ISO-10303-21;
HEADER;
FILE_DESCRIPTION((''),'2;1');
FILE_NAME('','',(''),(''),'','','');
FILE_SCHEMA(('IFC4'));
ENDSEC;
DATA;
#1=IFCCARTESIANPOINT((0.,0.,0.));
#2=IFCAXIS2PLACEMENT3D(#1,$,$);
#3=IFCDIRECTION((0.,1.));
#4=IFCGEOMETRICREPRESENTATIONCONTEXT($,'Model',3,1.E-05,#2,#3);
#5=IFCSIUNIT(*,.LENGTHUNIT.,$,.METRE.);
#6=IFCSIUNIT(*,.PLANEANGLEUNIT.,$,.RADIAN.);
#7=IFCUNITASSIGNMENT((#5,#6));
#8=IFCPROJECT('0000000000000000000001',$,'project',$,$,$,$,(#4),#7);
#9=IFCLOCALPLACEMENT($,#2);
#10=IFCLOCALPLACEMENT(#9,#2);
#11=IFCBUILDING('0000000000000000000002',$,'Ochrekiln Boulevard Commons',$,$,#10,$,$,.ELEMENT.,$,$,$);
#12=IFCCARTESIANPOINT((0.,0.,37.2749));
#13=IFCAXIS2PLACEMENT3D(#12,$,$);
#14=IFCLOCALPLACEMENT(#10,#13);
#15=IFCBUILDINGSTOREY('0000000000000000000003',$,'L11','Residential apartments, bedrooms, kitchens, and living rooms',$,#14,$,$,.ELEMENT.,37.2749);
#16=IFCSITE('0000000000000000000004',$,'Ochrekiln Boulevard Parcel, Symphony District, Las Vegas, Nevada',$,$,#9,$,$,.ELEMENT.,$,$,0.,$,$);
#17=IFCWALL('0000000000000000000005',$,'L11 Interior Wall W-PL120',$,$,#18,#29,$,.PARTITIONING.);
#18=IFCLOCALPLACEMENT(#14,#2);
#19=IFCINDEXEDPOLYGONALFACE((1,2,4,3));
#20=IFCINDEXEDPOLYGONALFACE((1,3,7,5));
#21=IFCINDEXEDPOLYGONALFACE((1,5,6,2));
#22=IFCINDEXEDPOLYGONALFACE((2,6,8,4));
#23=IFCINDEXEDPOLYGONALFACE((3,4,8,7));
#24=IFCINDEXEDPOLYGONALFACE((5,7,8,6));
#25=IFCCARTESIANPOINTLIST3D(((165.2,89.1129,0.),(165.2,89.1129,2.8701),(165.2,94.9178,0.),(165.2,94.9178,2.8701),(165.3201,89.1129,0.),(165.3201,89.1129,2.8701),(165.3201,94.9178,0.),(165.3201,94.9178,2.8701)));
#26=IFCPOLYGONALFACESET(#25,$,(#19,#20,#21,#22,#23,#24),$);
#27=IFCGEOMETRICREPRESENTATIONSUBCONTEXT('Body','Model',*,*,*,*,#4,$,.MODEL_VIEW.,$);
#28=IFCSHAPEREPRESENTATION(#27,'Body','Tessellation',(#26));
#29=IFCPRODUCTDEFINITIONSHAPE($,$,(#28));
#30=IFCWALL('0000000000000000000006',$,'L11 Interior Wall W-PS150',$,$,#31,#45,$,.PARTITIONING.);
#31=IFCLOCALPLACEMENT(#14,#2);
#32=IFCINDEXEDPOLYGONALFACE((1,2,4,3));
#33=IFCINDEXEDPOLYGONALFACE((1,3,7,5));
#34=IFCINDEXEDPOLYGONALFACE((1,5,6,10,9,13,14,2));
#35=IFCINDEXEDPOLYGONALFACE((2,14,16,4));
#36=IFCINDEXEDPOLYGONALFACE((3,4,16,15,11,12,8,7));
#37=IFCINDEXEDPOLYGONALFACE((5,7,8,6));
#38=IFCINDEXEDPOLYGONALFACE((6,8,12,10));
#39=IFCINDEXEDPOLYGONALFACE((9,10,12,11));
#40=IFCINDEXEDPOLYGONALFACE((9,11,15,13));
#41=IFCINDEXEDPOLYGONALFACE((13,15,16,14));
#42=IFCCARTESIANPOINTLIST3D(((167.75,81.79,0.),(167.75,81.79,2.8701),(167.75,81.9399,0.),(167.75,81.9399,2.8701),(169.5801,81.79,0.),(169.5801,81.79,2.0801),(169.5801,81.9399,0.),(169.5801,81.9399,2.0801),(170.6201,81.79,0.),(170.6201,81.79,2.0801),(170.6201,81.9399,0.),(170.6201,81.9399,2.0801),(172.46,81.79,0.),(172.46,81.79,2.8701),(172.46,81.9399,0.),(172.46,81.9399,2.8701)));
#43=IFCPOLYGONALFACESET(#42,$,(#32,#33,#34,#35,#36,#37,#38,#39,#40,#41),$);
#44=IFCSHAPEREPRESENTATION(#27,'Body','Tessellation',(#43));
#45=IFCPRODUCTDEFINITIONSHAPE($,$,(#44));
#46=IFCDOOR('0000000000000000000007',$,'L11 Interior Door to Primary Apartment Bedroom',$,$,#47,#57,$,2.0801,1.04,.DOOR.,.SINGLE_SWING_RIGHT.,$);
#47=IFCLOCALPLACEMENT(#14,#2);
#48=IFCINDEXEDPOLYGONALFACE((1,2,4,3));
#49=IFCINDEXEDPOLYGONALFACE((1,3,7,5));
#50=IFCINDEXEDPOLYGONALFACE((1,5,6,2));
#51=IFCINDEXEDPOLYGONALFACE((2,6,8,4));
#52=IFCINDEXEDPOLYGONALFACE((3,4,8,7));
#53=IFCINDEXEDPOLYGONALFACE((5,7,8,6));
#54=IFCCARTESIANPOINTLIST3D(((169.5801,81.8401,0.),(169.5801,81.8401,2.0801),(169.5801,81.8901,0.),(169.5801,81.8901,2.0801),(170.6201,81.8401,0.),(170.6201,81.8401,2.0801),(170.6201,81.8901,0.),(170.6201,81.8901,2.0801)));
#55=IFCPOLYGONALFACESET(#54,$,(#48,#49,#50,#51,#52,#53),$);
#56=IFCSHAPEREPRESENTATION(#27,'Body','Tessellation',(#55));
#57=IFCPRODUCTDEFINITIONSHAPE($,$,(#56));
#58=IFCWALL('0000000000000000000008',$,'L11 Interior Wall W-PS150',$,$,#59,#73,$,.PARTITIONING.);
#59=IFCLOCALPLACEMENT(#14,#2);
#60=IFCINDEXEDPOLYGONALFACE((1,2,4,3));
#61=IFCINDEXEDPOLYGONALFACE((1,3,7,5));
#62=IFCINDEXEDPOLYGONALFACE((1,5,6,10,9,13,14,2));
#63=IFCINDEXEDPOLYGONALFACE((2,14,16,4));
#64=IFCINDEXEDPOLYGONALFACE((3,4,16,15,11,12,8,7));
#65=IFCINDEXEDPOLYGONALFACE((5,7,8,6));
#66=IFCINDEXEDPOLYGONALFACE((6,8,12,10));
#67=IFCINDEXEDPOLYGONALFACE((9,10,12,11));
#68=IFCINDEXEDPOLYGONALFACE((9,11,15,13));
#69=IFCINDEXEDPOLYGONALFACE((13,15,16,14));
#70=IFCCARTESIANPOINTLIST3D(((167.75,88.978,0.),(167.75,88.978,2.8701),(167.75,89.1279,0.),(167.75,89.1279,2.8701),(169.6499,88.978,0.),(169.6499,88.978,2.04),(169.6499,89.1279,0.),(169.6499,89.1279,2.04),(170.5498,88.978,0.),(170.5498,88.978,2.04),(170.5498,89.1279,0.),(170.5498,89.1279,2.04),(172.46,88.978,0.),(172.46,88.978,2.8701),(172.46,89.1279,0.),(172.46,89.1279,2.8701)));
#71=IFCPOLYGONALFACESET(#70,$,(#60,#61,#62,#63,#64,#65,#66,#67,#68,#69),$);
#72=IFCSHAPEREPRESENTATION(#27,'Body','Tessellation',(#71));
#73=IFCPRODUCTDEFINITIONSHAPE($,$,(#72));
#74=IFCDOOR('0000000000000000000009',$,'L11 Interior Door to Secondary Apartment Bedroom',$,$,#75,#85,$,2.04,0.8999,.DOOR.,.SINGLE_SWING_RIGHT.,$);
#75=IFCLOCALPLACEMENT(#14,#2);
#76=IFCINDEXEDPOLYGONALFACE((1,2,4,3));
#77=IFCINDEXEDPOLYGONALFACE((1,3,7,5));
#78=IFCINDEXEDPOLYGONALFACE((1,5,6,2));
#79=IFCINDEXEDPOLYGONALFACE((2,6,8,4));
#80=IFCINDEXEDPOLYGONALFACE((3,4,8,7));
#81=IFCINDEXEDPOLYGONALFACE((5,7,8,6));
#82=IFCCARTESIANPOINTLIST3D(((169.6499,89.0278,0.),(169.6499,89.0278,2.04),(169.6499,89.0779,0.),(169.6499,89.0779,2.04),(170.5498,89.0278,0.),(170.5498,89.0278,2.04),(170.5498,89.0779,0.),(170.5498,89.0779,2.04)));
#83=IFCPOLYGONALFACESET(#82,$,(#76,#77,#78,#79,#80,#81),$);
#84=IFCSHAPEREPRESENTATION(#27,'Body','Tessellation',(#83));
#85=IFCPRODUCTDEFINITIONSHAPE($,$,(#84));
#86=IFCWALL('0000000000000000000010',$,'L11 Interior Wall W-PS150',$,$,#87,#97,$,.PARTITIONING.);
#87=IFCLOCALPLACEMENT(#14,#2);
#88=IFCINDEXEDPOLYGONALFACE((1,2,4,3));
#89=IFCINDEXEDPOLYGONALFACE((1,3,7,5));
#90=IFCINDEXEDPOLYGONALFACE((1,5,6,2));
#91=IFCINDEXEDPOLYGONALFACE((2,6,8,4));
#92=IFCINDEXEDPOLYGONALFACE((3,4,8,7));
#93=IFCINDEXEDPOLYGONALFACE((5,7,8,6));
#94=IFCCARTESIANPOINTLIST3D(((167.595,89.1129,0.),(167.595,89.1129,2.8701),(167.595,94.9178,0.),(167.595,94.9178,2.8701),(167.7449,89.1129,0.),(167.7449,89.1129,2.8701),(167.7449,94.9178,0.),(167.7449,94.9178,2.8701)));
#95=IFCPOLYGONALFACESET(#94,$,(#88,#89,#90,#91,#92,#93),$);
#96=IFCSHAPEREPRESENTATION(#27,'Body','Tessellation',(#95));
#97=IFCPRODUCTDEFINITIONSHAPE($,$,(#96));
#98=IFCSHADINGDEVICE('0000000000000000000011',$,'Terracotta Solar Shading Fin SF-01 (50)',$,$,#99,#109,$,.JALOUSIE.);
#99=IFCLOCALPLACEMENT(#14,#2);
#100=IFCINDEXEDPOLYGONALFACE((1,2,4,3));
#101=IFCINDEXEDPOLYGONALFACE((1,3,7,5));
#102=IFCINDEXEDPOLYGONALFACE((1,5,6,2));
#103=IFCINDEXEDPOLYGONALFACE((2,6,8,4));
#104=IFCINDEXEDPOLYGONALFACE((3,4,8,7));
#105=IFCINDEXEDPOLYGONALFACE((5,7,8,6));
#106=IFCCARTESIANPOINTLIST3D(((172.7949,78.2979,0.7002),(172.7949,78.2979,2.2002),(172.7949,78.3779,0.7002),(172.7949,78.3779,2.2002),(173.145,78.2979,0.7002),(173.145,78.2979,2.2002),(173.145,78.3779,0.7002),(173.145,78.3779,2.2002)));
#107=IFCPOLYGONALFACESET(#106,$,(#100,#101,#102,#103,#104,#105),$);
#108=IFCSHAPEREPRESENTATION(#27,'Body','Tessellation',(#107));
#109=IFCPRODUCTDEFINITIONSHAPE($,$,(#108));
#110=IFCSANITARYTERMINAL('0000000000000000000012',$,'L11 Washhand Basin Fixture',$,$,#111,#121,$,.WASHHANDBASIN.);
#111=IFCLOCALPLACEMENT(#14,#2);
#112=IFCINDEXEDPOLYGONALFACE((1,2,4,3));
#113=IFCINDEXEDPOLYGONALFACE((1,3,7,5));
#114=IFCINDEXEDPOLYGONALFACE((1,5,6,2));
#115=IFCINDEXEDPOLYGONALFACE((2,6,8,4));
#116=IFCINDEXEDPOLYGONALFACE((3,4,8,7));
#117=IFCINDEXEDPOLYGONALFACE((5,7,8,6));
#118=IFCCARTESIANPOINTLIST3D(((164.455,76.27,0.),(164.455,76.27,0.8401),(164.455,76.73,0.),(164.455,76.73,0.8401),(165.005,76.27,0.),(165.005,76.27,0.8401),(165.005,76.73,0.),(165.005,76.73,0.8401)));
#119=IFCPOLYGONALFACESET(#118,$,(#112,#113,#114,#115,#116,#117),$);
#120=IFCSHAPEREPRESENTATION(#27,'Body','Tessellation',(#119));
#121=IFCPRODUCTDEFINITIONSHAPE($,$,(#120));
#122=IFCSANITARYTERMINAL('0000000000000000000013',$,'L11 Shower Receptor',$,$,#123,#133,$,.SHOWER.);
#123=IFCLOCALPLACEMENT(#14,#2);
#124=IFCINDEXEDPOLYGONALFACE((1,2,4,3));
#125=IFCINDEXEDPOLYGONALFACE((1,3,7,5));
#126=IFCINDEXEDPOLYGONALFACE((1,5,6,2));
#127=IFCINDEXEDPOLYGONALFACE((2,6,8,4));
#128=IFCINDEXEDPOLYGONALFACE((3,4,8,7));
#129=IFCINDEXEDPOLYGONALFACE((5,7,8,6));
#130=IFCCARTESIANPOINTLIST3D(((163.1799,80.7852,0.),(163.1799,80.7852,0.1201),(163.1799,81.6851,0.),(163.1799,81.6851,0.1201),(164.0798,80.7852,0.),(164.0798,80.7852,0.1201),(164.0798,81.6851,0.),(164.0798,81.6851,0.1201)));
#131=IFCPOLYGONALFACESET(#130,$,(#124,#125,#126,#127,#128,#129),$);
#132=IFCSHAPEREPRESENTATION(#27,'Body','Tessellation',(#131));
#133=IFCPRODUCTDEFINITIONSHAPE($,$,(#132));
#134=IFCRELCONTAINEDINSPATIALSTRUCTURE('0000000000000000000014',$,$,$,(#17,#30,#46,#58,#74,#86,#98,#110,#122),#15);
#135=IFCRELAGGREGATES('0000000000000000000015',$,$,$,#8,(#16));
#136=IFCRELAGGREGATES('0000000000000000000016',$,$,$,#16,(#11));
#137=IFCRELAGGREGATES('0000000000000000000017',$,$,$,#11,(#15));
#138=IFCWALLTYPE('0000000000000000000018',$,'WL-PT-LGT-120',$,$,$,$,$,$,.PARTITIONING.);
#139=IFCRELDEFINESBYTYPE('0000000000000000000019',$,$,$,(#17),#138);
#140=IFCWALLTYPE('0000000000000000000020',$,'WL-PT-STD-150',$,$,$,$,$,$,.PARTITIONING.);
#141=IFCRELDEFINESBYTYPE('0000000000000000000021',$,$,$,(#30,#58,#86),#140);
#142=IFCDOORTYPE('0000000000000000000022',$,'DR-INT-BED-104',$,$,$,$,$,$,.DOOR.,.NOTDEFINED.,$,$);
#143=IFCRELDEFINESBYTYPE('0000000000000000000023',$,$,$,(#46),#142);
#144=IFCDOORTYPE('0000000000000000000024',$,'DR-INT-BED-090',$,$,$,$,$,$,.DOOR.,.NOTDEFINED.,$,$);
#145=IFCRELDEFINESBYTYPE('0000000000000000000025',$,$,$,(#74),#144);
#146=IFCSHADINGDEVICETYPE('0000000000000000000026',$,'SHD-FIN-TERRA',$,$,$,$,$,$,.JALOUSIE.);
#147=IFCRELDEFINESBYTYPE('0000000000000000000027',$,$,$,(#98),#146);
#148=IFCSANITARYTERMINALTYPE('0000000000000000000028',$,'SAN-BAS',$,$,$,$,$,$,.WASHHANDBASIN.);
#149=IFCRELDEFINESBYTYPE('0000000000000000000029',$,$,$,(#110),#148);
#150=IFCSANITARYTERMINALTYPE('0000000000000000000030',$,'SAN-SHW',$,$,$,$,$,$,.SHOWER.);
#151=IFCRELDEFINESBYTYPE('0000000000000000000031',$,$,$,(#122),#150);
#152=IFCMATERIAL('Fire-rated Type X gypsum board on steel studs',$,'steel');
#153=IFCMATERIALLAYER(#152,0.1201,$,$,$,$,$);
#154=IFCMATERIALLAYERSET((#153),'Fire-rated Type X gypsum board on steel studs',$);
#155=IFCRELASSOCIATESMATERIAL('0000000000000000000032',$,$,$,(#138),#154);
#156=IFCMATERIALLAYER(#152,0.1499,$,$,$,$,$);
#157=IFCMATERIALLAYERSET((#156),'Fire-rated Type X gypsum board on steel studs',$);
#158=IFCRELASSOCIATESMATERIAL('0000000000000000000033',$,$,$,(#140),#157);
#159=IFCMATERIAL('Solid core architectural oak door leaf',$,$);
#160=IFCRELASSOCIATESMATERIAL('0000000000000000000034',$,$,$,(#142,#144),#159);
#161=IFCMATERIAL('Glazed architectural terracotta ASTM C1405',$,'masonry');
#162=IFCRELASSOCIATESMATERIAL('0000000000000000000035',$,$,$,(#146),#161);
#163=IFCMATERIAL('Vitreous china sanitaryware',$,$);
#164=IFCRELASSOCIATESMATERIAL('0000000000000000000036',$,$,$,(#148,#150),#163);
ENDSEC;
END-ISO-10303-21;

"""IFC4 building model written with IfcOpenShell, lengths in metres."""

from ifc_helpers import new_model, si_unit, direction, frame, frame_2d, origin, origin_2d, place, context, subcontext, project, spatial, rectangle, extrude, material, layer, layer_set, type_object, element, fill, save


model = new_model("IFC4")

# Units and contexts
model_context = context("Model", 3, precision=1e-05, world=origin(), true_north=direction((0.0, 1.0)))
body_context = subcontext(model_context, "Body", "Model", "MODEL_VIEW")
ifc_project = project(units=[si_unit("LENGTHUNIT", "METRE"), si_unit("PLANEANGLEUNIT", "RADIAN")], contexts=[model_context])

# Site, building, storey
site_placement = place(None, origin())
site = spatial("IfcSite", under=ifc_project, at=site_placement, Name="Ochrekiln Boulevard Parcel, Symphony District, Las Vegas, Nevada", CompositionType="ELEMENT", RefElevation=0.0)
building_placement = place(site_placement, origin())
building = spatial("IfcBuilding", under=site, at=building_placement, Name="Ochrekiln Boulevard Commons", CompositionType="ELEMENT")
storey_placement = place(building_placement, frame((0.0, 0.0, 37.2749)))
storey = spatial("IfcBuildingStorey", under=building, at=storey_placement, Name="L11", Description="Residential apartments, bedrooms, kitchens, and living rooms", CompositionType="ELEMENT", Elevation=37.2749)

# Shared definitions
ifc_material_1 = material(Name="Fire-rated Type X gypsum board on steel studs", Category="steel")
ifc_layer_1 = layer(ifc_material_1, 0.1201)
ifc_layer_set_1 = layer_set([ifc_layer_1], Name="Fire-rated Type X gypsum board on steel studs")
wall_type_1 = type_object("IfcWallType", Name="WL-PT-LGT-120", PredefinedType="PARTITIONING", material=ifc_layer_set_1)
ifc_material_2 = material(Name="Solid core architectural oak door leaf")

# Wall
wall_1_placement = place(storey_placement, frame((165.26, 89.113, 0.0), z_axis=(0.0, 0.0, 1.0), x_axis=(0.0, 1.0, 0.0)))
element("IfcWall", 1, at=wall_1_placement, inside=storey, type_object=wall_type_1, Name="L11 Interior Wall W-PL120", PredefinedType="PARTITIONING", context=body_context, shape_type="SweptSolid", body=[
    extrude(rectangle(XDim=5.8049, YDim=0.1201, at=frame_2d((2.9023, 0.0))), origin(), (0.0, 0.0, 1.0), 2.8701),
])

# Walls, openings, doors
ifc_layer_2 = layer(ifc_material_1, 0.1499)
ifc_layer_set_2 = layer_set([ifc_layer_2], Name="Fire-rated Type X gypsum board on steel studs")
wall_type_2 = type_object("IfcWallType", Name="WL-PT-STD-150", PredefinedType="PARTITIONING", material=ifc_layer_set_2)
wall_2_placement = place(storey_placement, frame((167.75, 81.865, 0.0), z_axis=(0.0, 0.0, 1.0), x_axis=(1.0, 0.0, 0.0)))
wall_2 = element("IfcWall", 2, at=wall_2_placement, inside=storey, type_object=wall_type_2, Name="L11 Interior Wall W-PS150", PredefinedType="PARTITIONING", context=body_context, shape_type="SweptSolid", body=[
    extrude(rectangle(XDim=4.71, YDim=0.1499, at=frame_2d((2.355, 0.0))), origin(), (0.0, 0.0, 1.0), 2.8701),
])
opening_1_placement = place(wall_2_placement, frame((1.8301, 0.0, 0.0)))
opening_1 = element("IfcOpeningElement", 3, at=opening_1_placement, cuts=wall_2, PredefinedType="OPENING", context=body_context, shape_type="SweptSolid", body=[
    extrude(rectangle(XDim=1.04, YDim=2.0801, at=frame_2d((0.52, 1.04))), frame((0.0, 0.085, 0.0), z_axis=(0.0, -1.0, 0.0), x_axis=(1.0, 0.0, 0.0)), (0.0, 0.0, 1.0), 0.1699),
])
door_type_1 = type_object("IfcDoorType", Name="DR-INT-BED-104", OperationType="NOTDEFINED", PredefinedType="DOOR", material=ifc_material_2)
door_1_placement = place(opening_1_placement, frame((1.04, 0.0, 0.0), z_axis=(0.0, 0.0, 1.0), x_axis=(-1.0, 0.0, 0.0)))
door_1 = element("IfcDoor", 4, at=door_1_placement, inside=storey, type_object=door_type_1, Name="L11 Interior Door to Primary Apartment Bedroom", OperationType="SINGLE_SWING_RIGHT", OverallHeight=2.0801, OverallWidth=1.04, PredefinedType="DOOR", context=body_context, shape_type="SweptSolid", body=[
    extrude(rectangle(XDim=1.04, YDim=2.0801, at=frame_2d((0.52, 1.04))), frame((0.0, 0.0249, 0.0), z_axis=(0.0, -1.0, 0.0), x_axis=(1.0, 0.0, 0.0)), (0.0, 0.0, 1.0), 0.05),
])
fill(opening_1, door_1)
wall_3_placement = place(storey_placement, frame((167.75, 89.053, 0.0), z_axis=(0.0, 0.0, 1.0), x_axis=(1.0, 0.0, 0.0)))
wall_3 = element("IfcWall", 5, at=wall_3_placement, inside=storey, type_object=wall_type_2, Name="L11 Interior Wall W-PS150", PredefinedType="PARTITIONING", context=body_context, shape_type="SweptSolid", body=[
    extrude(rectangle(XDim=4.71, YDim=0.1499, at=frame_2d((2.355, 0.0))), origin(), (0.0, 0.0, 1.0), 2.8701),
])
opening_2_placement = place(wall_3_placement, frame((1.8999, 0.0, 0.0)))
opening_2 = element("IfcOpeningElement", 6, at=opening_2_placement, cuts=wall_3, PredefinedType="OPENING", context=body_context, shape_type="SweptSolid", body=[
    extrude(rectangle(XDim=0.8999, YDim=2.04, at=frame_2d((0.45, 1.02))), frame((0.0, 0.085, 0.0), z_axis=(0.0, -1.0, 0.0), x_axis=(1.0, 0.0, 0.0)), (0.0, 0.0, 1.0), 0.1699),
])
door_type_2 = type_object("IfcDoorType", Name="DR-INT-BED-090", OperationType="NOTDEFINED", PredefinedType="DOOR", material=ifc_material_2)
door_2_placement = place(opening_2_placement, origin())
door_2 = element("IfcDoor", 7, at=door_2_placement, inside=storey, type_object=door_type_2, Name="L11 Interior Door to Secondary Apartment Bedroom", OperationType="SINGLE_SWING_RIGHT", OverallHeight=2.04, OverallWidth=0.8999, PredefinedType="DOOR", context=body_context, shape_type="SweptSolid", body=[
    extrude(rectangle(XDim=0.8999, YDim=2.04, at=frame_2d((0.45, 1.02))), frame((0.0, 0.0249, 0.0), z_axis=(0.0, -1.0, 0.0), x_axis=(1.0, 0.0, 0.0)), (0.0, 0.0, 1.0), 0.05),
])
fill(opening_2, door_2)

# Wall
wall_4_placement = place(storey_placement, frame((167.6699, 89.113, 0.0), z_axis=(0.0, 0.0, 1.0), x_axis=(0.0, 1.0, 0.0)))
element("IfcWall", 8, at=wall_4_placement, inside=storey, type_object=wall_type_2, Name="L11 Interior Wall W-PS150", PredefinedType="PARTITIONING", context=body_context, shape_type="SweptSolid", body=[
    extrude(rectangle(XDim=5.8049, YDim=0.1499, at=frame_2d((2.9023, 0.0))), origin(), (0.0, 0.0, 1.0), 2.8701),
])

# Shading device
ifc_material_3 = material(Name="Glazed architectural terracotta ASTM C1405", Category="masonry")
shading_device_type = type_object("IfcShadingDeviceType", Name="SHD-FIN-TERRA", PredefinedType="JALOUSIE", material=ifc_material_3)
shading_device_placement = place(storey_placement, frame((172.97, 78.3379, 0.7002), z_axis=(0.0, 0.0, 1.0), x_axis=(1.0, 0.0, 0.0)))
element("IfcShadingDevice", 9, at=shading_device_placement, inside=storey, type_object=shading_device_type, Name="Terracotta Solar Shading Fin SF-01 (50)", PredefinedType="JALOUSIE", context=body_context, shape_type="SweptSolid", body=[
    extrude(rectangle(XDim=0.3501, YDim=0.0801, at=origin_2d()), origin(), (0.0, 0.0, 1.0), 1.5),
])

# Sanitary terminals
ifc_material_4 = material(Name="Vitreous china sanitaryware")
sanitary_terminal_type_1 = type_object("IfcSanitaryTerminalType", Name="SAN-BAS", PredefinedType="WASHHANDBASIN", material=ifc_material_4)
sanitary_terminal_1_placement = place(storey_placement, frame((164.73, 76.5, 0.0), z_axis=(0.0, 0.0, 1.0), x_axis=(1.0, 0.0, 0.0)))
element("IfcSanitaryTerminal", 10, at=sanitary_terminal_1_placement, inside=storey, type_object=sanitary_terminal_type_1, Name="L11 Washhand Basin Fixture", PredefinedType="WASHHANDBASIN", context=body_context, shape_type="SweptSolid", body=[
    extrude(rectangle(XDim=0.55, YDim=0.46, at=origin_2d()), origin(), (0.0, 0.0, 1.0), 0.8401),
])
sanitary_terminal_type_2 = type_object("IfcSanitaryTerminalType", Name="SAN-SHW", PredefinedType="SHOWER", material=ifc_material_4)
sanitary_terminal_2_placement = place(storey_placement, frame((163.6299, 81.2351, 0.0), z_axis=(0.0, 0.0, 1.0), x_axis=(1.0, 0.0, 0.0)))
element("IfcSanitaryTerminal", 11, at=sanitary_terminal_2_placement, inside=storey, type_object=sanitary_terminal_type_2, Name="L11 Shower Receptor", PredefinedType="SHOWER", context=body_context, shape_type="SweptSolid", body=[
    extrude(rectangle(XDim=0.8999, YDim=0.8999, at=origin_2d()), origin(), (0.0, 0.0, 1.0), 0.1201),
])

save(model, "model.ifc")
